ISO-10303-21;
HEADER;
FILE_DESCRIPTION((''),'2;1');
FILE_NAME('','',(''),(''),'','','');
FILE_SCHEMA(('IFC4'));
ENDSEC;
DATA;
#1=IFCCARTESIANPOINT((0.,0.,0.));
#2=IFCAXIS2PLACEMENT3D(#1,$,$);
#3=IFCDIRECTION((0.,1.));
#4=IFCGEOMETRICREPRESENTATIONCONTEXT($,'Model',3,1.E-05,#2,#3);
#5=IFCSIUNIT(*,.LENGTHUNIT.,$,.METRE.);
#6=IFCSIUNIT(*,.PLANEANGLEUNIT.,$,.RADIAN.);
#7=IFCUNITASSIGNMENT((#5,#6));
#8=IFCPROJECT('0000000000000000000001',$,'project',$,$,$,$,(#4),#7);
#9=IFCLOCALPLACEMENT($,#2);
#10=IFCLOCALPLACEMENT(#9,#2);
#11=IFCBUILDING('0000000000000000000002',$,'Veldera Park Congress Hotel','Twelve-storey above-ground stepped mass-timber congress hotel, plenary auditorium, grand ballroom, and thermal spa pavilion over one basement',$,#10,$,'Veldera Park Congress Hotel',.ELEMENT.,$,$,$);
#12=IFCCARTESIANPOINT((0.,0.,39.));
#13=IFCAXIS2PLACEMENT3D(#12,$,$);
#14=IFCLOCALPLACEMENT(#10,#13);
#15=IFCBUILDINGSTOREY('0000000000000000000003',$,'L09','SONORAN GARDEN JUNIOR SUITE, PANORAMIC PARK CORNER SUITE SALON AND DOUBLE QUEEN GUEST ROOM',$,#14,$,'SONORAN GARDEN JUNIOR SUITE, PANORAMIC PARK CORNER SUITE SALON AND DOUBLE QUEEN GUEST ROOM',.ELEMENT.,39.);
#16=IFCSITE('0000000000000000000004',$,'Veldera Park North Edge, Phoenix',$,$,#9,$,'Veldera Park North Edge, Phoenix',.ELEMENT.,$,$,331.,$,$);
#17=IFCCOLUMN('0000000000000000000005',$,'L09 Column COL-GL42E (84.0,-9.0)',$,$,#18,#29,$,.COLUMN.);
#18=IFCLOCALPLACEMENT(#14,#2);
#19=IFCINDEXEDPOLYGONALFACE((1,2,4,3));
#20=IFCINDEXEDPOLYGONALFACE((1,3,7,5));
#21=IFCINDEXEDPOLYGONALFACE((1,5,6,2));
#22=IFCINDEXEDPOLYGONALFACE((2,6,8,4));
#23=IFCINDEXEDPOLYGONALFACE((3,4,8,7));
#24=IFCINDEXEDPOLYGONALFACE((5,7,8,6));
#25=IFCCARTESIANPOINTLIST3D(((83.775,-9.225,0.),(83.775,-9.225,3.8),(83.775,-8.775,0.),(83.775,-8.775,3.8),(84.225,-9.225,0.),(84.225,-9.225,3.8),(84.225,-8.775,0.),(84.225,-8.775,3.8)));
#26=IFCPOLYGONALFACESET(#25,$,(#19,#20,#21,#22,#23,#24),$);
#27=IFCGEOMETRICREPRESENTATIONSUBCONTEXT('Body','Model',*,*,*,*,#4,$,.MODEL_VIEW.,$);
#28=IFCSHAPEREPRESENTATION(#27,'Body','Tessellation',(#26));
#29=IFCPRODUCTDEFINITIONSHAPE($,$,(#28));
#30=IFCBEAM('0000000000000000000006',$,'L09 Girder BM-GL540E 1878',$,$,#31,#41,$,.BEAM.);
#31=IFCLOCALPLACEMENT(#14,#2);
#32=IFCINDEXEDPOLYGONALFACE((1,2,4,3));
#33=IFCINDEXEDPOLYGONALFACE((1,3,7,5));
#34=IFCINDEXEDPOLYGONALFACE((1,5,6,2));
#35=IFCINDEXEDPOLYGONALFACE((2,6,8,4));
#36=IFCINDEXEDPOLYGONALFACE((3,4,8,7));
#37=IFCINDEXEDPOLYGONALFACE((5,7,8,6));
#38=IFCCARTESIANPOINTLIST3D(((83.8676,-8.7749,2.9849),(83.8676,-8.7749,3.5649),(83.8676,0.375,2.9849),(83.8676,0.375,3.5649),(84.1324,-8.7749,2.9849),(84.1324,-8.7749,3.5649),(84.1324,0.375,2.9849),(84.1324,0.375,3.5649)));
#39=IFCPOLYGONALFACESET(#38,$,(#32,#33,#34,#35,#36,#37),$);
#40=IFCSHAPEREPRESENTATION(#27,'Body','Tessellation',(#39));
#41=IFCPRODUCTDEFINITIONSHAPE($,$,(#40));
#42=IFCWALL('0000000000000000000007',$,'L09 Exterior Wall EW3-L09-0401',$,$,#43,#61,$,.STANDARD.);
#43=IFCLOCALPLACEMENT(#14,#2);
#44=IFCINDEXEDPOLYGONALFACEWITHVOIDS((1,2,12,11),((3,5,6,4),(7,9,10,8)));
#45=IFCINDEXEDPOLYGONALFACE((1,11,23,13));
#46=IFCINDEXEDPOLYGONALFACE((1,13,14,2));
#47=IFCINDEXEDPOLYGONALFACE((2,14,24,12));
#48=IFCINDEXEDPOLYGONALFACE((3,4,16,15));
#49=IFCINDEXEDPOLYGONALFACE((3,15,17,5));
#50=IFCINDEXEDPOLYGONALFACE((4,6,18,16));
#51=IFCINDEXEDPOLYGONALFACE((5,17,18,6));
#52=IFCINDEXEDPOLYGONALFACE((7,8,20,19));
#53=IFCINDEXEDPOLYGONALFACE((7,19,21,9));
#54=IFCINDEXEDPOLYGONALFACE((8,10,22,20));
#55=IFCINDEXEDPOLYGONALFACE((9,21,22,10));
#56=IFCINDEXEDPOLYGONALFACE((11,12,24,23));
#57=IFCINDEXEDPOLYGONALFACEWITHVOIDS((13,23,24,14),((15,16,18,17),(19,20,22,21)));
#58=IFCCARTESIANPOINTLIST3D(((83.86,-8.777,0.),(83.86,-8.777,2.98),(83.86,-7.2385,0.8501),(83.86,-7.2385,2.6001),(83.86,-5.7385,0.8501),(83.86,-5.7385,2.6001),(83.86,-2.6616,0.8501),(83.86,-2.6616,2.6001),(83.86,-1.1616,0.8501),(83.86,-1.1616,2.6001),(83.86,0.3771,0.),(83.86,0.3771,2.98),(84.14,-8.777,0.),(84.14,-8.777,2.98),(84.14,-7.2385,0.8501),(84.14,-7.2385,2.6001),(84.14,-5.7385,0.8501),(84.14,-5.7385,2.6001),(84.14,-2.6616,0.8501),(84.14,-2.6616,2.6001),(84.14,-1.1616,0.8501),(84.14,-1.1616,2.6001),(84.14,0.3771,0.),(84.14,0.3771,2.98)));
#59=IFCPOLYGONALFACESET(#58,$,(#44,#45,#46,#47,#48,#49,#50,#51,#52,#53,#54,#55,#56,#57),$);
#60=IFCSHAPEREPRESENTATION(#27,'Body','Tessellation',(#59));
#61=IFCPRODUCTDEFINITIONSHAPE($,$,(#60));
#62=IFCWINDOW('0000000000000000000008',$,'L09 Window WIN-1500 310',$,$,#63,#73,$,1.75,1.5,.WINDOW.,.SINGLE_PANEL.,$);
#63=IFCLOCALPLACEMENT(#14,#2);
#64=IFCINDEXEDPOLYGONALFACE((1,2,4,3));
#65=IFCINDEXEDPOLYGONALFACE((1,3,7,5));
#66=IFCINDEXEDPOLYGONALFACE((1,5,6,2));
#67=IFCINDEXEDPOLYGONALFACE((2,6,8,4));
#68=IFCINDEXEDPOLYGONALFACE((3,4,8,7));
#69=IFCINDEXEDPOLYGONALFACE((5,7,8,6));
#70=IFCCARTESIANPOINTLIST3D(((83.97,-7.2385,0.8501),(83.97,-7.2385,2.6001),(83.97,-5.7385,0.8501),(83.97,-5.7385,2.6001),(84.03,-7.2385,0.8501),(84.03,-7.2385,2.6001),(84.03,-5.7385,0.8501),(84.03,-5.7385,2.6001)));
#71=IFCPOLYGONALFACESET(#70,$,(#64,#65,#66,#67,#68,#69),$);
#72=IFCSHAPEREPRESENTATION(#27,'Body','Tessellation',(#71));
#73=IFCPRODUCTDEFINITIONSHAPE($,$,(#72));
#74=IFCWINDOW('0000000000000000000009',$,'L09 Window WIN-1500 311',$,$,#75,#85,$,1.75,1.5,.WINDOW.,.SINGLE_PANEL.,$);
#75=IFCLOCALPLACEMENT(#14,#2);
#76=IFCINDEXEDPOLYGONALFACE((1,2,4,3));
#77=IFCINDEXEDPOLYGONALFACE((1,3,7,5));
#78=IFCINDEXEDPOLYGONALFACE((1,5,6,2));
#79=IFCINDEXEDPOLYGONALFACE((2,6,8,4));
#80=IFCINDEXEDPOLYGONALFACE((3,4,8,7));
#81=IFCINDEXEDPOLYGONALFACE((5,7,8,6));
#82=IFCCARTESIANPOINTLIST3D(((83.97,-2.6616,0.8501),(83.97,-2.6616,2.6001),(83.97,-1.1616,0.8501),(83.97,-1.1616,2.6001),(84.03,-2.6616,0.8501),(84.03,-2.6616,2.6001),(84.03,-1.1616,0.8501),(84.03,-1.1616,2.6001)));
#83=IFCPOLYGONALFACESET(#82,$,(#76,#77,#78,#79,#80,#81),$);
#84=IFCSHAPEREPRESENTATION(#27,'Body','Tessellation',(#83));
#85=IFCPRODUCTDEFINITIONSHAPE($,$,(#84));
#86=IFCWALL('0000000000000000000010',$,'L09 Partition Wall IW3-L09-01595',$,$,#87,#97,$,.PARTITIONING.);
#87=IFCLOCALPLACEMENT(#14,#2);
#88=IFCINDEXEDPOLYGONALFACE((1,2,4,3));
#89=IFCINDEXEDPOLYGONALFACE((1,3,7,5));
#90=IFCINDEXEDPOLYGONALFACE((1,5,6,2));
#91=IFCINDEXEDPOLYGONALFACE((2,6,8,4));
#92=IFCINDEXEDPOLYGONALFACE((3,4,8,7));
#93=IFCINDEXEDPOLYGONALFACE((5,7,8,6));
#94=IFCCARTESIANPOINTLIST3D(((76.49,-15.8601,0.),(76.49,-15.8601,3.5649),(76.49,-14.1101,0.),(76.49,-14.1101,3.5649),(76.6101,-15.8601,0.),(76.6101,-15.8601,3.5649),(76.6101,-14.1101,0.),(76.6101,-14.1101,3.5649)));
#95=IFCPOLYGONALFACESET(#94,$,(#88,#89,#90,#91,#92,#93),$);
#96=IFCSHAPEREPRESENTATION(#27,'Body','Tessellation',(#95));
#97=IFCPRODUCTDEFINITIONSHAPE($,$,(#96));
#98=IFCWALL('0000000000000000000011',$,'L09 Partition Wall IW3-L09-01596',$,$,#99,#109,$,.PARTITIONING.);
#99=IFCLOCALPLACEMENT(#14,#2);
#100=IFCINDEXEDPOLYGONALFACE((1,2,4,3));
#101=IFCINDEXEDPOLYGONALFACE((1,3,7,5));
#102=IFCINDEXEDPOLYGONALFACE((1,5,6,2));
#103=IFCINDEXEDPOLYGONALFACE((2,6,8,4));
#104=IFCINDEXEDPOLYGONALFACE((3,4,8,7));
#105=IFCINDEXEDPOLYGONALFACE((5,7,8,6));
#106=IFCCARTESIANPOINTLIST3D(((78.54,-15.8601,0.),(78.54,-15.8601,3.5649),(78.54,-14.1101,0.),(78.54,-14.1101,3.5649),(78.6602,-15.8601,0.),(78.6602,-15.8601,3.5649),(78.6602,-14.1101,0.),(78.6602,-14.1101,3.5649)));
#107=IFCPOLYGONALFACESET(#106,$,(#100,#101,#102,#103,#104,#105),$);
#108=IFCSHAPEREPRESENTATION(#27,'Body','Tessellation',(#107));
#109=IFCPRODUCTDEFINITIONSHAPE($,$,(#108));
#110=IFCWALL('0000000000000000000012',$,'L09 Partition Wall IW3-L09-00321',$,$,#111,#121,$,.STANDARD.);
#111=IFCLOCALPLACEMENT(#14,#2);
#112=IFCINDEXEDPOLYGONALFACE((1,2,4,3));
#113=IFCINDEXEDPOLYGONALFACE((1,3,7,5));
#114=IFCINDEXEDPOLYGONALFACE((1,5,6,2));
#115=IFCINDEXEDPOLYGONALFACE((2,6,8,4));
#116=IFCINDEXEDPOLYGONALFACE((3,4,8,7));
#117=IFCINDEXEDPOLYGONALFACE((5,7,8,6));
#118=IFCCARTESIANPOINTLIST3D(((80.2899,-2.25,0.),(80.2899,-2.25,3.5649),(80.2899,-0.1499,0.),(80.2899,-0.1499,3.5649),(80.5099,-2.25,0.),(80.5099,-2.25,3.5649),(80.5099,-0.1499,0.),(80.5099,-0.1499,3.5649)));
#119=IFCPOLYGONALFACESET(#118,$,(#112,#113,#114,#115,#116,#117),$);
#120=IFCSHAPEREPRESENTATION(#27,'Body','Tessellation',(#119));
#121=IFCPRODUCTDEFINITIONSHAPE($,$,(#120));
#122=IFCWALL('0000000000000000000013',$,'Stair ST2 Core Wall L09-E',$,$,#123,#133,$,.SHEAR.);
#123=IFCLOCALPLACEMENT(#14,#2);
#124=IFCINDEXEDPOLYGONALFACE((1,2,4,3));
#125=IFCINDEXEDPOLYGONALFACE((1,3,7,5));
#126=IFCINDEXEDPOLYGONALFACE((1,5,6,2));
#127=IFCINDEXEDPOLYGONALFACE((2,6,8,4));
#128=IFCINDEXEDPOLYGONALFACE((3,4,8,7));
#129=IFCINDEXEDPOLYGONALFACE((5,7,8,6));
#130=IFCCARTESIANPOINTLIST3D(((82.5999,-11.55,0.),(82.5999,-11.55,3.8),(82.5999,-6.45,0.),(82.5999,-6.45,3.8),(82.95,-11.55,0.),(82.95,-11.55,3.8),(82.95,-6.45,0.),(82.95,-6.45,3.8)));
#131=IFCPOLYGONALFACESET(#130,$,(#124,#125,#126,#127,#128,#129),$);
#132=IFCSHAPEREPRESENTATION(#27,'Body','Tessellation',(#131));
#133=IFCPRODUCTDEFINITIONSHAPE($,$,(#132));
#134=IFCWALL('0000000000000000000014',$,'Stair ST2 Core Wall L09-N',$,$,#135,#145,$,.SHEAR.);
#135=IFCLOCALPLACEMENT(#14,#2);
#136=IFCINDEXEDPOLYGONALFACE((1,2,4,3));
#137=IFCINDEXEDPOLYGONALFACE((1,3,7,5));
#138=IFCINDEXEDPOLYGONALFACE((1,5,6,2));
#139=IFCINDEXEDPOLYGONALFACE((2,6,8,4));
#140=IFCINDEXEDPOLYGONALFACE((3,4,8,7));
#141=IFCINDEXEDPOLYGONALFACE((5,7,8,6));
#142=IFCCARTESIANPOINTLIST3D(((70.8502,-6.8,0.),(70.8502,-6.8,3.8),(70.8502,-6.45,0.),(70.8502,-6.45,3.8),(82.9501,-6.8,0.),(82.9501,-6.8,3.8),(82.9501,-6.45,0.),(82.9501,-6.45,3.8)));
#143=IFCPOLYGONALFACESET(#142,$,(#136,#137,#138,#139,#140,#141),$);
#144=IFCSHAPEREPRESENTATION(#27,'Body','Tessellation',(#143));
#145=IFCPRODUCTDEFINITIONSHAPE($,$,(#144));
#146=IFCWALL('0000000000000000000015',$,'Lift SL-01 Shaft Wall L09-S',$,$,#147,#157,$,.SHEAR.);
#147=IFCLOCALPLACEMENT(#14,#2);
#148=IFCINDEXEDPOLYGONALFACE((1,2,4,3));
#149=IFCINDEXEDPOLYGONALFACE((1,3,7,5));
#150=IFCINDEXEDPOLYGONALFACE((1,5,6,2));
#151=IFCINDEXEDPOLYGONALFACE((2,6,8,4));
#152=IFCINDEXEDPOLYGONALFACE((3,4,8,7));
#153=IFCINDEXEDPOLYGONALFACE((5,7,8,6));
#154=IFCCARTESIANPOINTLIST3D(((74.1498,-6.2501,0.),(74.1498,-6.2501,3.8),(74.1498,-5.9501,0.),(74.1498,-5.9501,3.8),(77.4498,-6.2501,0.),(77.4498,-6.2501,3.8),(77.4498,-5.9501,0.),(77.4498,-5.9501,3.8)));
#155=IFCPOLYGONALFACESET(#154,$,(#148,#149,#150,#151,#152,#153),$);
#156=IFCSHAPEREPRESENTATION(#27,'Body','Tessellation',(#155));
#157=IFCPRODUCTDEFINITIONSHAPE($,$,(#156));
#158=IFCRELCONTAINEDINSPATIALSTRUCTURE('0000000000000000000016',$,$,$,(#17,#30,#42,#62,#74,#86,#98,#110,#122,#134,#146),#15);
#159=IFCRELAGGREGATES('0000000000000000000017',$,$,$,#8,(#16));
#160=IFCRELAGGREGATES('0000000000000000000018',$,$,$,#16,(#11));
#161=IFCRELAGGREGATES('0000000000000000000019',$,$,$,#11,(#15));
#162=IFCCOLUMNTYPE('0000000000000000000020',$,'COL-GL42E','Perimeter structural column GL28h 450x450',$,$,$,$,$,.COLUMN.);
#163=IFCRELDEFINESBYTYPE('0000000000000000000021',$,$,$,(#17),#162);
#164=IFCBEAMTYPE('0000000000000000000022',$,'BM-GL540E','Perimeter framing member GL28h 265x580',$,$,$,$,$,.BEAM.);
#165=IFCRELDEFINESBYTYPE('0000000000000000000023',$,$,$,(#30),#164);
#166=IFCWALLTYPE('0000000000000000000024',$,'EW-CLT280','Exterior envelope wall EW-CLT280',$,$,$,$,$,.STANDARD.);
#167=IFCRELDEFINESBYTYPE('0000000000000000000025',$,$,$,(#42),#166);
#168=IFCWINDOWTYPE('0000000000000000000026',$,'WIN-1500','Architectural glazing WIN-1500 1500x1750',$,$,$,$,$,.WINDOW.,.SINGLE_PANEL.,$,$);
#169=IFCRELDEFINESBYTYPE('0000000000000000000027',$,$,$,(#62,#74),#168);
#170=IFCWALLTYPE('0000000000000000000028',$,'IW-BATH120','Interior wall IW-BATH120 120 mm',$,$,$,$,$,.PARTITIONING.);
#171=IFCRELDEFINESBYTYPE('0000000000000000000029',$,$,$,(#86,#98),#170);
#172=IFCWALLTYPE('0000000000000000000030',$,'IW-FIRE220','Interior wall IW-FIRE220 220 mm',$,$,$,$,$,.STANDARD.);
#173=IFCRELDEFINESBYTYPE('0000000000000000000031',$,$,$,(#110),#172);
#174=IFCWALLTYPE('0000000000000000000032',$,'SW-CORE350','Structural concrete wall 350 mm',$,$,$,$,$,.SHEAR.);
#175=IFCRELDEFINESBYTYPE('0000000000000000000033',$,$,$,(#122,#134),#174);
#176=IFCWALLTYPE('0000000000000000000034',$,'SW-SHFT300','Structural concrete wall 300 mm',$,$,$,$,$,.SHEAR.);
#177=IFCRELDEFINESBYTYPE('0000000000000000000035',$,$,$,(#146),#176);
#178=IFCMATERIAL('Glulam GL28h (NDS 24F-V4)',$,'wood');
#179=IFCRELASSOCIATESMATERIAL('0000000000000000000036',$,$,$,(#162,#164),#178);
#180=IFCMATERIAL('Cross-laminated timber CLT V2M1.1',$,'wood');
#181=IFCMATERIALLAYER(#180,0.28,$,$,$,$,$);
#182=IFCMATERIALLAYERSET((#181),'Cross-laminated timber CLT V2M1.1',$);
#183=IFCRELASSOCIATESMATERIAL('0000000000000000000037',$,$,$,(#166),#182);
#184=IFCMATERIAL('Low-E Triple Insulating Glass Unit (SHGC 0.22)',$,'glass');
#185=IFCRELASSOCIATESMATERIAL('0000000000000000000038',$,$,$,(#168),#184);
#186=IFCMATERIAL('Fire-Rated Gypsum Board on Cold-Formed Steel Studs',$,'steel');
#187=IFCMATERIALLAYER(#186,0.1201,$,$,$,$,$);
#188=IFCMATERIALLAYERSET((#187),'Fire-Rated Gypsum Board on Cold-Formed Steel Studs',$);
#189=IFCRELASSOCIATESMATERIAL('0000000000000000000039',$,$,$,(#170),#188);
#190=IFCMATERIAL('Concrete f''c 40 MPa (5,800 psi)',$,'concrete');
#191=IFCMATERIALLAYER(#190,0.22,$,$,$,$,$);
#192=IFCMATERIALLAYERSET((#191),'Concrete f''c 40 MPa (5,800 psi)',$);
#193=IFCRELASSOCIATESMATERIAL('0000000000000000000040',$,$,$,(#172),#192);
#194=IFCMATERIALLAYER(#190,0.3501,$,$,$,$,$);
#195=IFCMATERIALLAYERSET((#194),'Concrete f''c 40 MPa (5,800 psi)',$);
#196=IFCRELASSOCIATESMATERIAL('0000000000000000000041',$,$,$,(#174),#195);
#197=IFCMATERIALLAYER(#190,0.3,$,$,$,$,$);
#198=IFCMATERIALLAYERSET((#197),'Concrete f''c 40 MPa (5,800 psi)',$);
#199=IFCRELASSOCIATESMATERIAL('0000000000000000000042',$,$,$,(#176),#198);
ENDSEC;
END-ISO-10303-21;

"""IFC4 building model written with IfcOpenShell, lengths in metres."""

from ifc_helpers import new_model, si_unit, direction, frame, frame_2d, origin, origin_2d, place, context, subcontext, project, spatial, rectangle, extrude, material, layer, layer_set, material_profile, profile_set, type_object, element, fill, save


model = new_model("IFC4")

# Units and contexts
model_context = context("Model", 3, precision=1e-05, world=origin(), true_north=direction((0.0, 1.0)))
body_context = subcontext(model_context, "Body", "Model", "MODEL_VIEW")
ifc_project = project(units=[si_unit("LENGTHUNIT", "METRE"), si_unit("PLANEANGLEUNIT", "RADIAN")], contexts=[model_context])

# Site, building, storey
site_placement = place(None, origin())
site = spatial("IfcSite", under=ifc_project, at=site_placement, Name="Veldera Park North Edge, Phoenix", LongName="Veldera Park North Edge, Phoenix", CompositionType="ELEMENT", RefElevation=331.0)
building_placement = place(site_placement, origin())
building = spatial("IfcBuilding", under=site, at=building_placement, Name="Veldera Park Congress Hotel", Description="Twelve-storey above-ground stepped mass-timber congress hotel, plenary auditorium, grand ballroom, and thermal spa pavilion over one basement", LongName="Veldera Park Congress Hotel", CompositionType="ELEMENT")
storey_placement = place(building_placement, frame((0.0, 0.0, 39.0)))
storey = spatial("IfcBuildingStorey", under=building, at=storey_placement, Name="L09", Description="SONORAN GARDEN JUNIOR SUITE, PANORAMIC PARK CORNER SUITE SALON AND DOUBLE QUEEN GUEST ROOM", LongName="SONORAN GARDEN JUNIOR SUITE, PANORAMIC PARK CORNER SUITE SALON AND DOUBLE QUEEN GUEST ROOM", CompositionType="ELEMENT", Elevation=39.0)

# Column
ifc_material_1 = material(Name="Glulam GL28h (NDS 24F-V4)", Category="wood")
ifc_material_profile_1 = material_profile(ifc_material_1, rectangle(XDim=0.45, YDim=0.45, at=origin_2d()), Name="GL28h 450x450")
ifc_profile_set_1 = profile_set([ifc_material_profile_1], Name="Glulam GL28h (NDS 24F-V4)")
column_type = type_object("IfcColumnType", Name="COL-GL42E", Description="Perimeter structural column GL28h 450x450", PredefinedType="COLUMN", material=ifc_profile_set_1)
column_placement = place(storey_placement, frame((84.0, -9.0, 0.0), z_axis=(0.0, 0.0, 1.0), x_axis=(1.0, 0.0, 0.0)))
element("IfcColumn", 1, at=column_placement, inside=storey, type_object=column_type, Name="L09 Column COL-GL42E (84.0,-9.0)", PredefinedType="COLUMN", context=body_context, shape_type="SweptSolid", body=[
    extrude(rectangle(XDim=0.45, YDim=0.45, at=origin_2d()), origin(), (0.0, 0.0, 1.0), 3.8),
])

# Beam
ifc_material_profile_2 = material_profile(ifc_material_1, rectangle(XDim=0.2649, YDim=0.5801, at=origin_2d()), Name="GL28h 265x580")
ifc_profile_set_2 = profile_set([ifc_material_profile_2], Name="Glulam GL28h (NDS 24F-V4)")
beam_type = type_object("IfcBeamType", Name="BM-GL540E", Description="Perimeter framing member GL28h 265x580", PredefinedType="BEAM", material=ifc_profile_set_2)
beam_placement = place(storey_placement, frame((84.0, -8.7749, 3.2749), z_axis=(0.0, 1.0, 0.0), x_axis=(-1.0, 0.0, 0.0)))
element("IfcBeam", 2, at=beam_placement, inside=storey, type_object=beam_type, Name="L09 Girder BM-GL540E 1878", PredefinedType="BEAM", context=body_context, shape_type="SweptSolid", body=[
    extrude(rectangle(XDim=0.2649, YDim=0.5801, at=origin_2d()), origin(), (0.0, 0.0, 1.0), 9.1499),
])

# Wall, openings, windows
ifc_material_2 = material(Name="Cross-laminated timber CLT V2M1.1", Category="wood")
ifc_layer_1 = layer(ifc_material_2, 0.28)
ifc_layer_set_1 = layer_set([ifc_layer_1], Name="Cross-laminated timber CLT V2M1.1")
wall_type_1 = type_object("IfcWallType", Name="EW-CLT280", Description="Exterior envelope wall EW-CLT280", PredefinedType="STANDARD", material=ifc_layer_set_1)
wall_1_placement = place(storey_placement, frame((84.0, -8.7771, 0.0), z_axis=(0.0, 0.0, 1.0), x_axis=(0.0, 1.0, 0.0)))
wall_1 = element("IfcWall", 3, at=wall_1_placement, inside=storey, type_object=wall_type_1, Name="L09 Exterior Wall EW3-L09-0401", PredefinedType="STANDARD", context=body_context, shape_type="SweptSolid", body=[
    extrude(rectangle(XDim=9.1541, YDim=0.28, at=frame_2d((4.5771, 0.0))), origin(), (0.0, 0.0, 1.0), 2.98),
])
opening_1_placement = place(wall_1_placement, frame((1.5386, 0.0, 0.8501)))
opening_1 = element("IfcOpeningElement", 4, at=opening_1_placement, cuts=wall_1, PredefinedType="OPENING", context=body_context, shape_type="SweptSolid", body=[
    extrude(rectangle(XDim=1.5, YDim=1.75, at=frame_2d((0.75, 0.875))), frame((0.0, 0.1521, 0.0), z_axis=(0.0, -1.0, 0.0), x_axis=(1.0, 0.0, 0.0)), (0.0, 0.0, 1.0), 0.304),
])
opening_2_placement = place(wall_1_placement, frame((6.1155, 0.0, 0.8501)))
opening_2 = element("IfcOpeningElement", 5, at=opening_2_placement, cuts=wall_1, PredefinedType="OPENING", context=body_context, shape_type="SweptSolid", body=[
    extrude(rectangle(XDim=1.5, YDim=1.75, at=frame_2d((0.75, 0.875))), frame((0.0, 0.1521, 0.0), z_axis=(0.0, -1.0, 0.0), x_axis=(1.0, 0.0, 0.0)), (0.0, 0.0, 1.0), 0.304),
])
ifc_material_3 = material(Name="Low-E Triple Insulating Glass Unit (SHGC 0.22)", Category="glass")
window_type = type_object("IfcWindowType", Name="WIN-1500", Description="Architectural glazing WIN-1500 1500x1750", PartitioningType="SINGLE_PANEL", PredefinedType="WINDOW", material=ifc_material_3)
window_1_placement = place(opening_1_placement, origin())
window_1 = element("IfcWindow", 6, at=window_1_placement, inside=storey, type_object=window_type, Name="L09 Window WIN-1500 310", OverallHeight=1.75, OverallWidth=1.5, PartitioningType="SINGLE_PANEL", PredefinedType="WINDOW", context=body_context, shape_type="SweptSolid", body=[
    extrude(rectangle(XDim=1.5, YDim=1.75, at=frame_2d((0.75, 0.875))), frame((0.0, 0.03, 0.0), z_axis=(0.0, -1.0, 0.0), x_axis=(1.0, 0.0, 0.0)), (0.0, 0.0, 1.0), 0.0601),
])
fill(opening_1, window_1)
window_2_placement = place(opening_2_placement, origin())
window_2 = element("IfcWindow", 7, at=window_2_placement, inside=storey, type_object=window_type, Name="L09 Window WIN-1500 311", OverallHeight=1.75, OverallWidth=1.5, PartitioningType="SINGLE_PANEL", PredefinedType="WINDOW", context=body_context, shape_type="SweptSolid", body=[
    extrude(rectangle(XDim=1.5, YDim=1.75, at=frame_2d((0.75, 0.875))), frame((0.0, 0.03, 0.0), z_axis=(0.0, -1.0, 0.0), x_axis=(1.0, 0.0, 0.0)), (0.0, 0.0, 1.0), 0.0601),
])
fill(opening_2, window_2)

# Walls
ifc_material_4 = material(Name="Fire-Rated Gypsum Board on Cold-Formed Steel Studs", Category="steel")
ifc_layer_2 = layer(ifc_material_4, 0.1201)
ifc_layer_set_2 = layer_set([ifc_layer_2], Name="Fire-Rated Gypsum Board on Cold-Formed Steel Studs")
wall_type_2 = type_object("IfcWallType", Name="IW-BATH120", Description="Interior wall IW-BATH120 120 mm", PredefinedType="PARTITIONING", material=ifc_layer_set_2)
for number, where, z_axis, x_axis, name in (
    (8, (76.55, -15.8601, 0.0), (0.0, 0.0, 1.0), (0.0, 1.0, 0.0), "L09 Partition Wall IW3-L09-01595"),
    (9, (78.6001, -15.8601, 0.0), (0.0, 0.0, 1.0), (0.0, 1.0, 0.0), "L09 Partition Wall IW3-L09-01596"),
):
    element("IfcWall", number, at=place(storey_placement, frame(where, z_axis=z_axis, x_axis=x_axis)), inside=storey, type_object=wall_type_2, Name=name, PredefinedType="PARTITIONING", context=body_context, shape_type="SweptSolid", body=[
        extrude(rectangle(XDim=1.75, YDim=0.1201, at=frame_2d((0.875, 0.0))), origin(), (0.0, 0.0, 1.0), 3.5649),
    ])

# Walls
ifc_material_5 = material(Name="Concrete f'c 40 MPa (5,800 psi)", Category="concrete")
ifc_layer_3 = layer(ifc_material_5, 0.22)
ifc_layer_set_3 = layer_set([ifc_layer_3], Name="Concrete f'c 40 MPa (5,800 psi)")
wall_type_3 = type_object("IfcWallType", Name="IW-FIRE220", Description="Interior wall IW-FIRE220 220 mm", PredefinedType="STANDARD", material=ifc_layer_set_3)
wall_2_placement = place(storey_placement, frame((80.3999, -2.25, 0.0), z_axis=(0.0, 0.0, 1.0), x_axis=(0.0, 1.0, 0.0)))
element("IfcWall", 10, at=wall_2_placement, inside=storey, type_object=wall_type_3, Name="L09 Partition Wall IW3-L09-00321", PredefinedType="STANDARD", context=body_context, shape_type="SweptSolid", body=[
    extrude(rectangle(XDim=2.1001, YDim=0.22, at=frame_2d((1.05, 0.0))), origin(), (0.0, 0.0, 1.0), 3.5649),
])
ifc_layer_4 = layer(ifc_material_5, 0.3501)
ifc_layer_set_4 = layer_set([ifc_layer_4], Name="Concrete f'c 40 MPa (5,800 psi)")
wall_type_4 = type_object("IfcWallType", Name="SW-CORE350", Description="Structural concrete wall 350 mm", PredefinedType="SHEAR", material=ifc_layer_set_4)
wall_3_placement = place(storey_placement, frame((82.7749, -11.55, 0.0), z_axis=(0.0, 0.0, 1.0), x_axis=(0.0, 1.0, 0.0)))
element("IfcWall", 11, at=wall_3_placement, inside=storey, type_object=wall_type_4, Name="Stair ST2 Core Wall L09-E", PredefinedType="SHEAR", context=body_context, shape_type="SweptSolid", body=[
    extrude(rectangle(XDim=5.1001, YDim=0.3501, at=frame_2d((2.55, 0.0))), origin(), (0.0, 0.0, 1.0), 3.8),
])
wall_4_placement = place(storey_placement, frame((82.95, -6.625, 0.0), z_axis=(0.0, 0.0, 1.0), x_axis=(-1.0, 0.0, 0.0)))
element("IfcWall", 12, at=wall_4_placement, inside=storey, type_object=wall_type_4, Name="Stair ST2 Core Wall L09-N", PredefinedType="SHEAR", context=body_context, shape_type="SweptSolid", body=[
    extrude(rectangle(XDim=12.0999, YDim=0.3501, at=frame_2d((6.0498, 0.0))), origin(), (0.0, 0.0, 1.0), 3.8),
])
ifc_layer_5 = layer(ifc_material_5, 0.3)
ifc_layer_set_5 = layer_set([ifc_layer_5], Name="Concrete f'c 40 MPa (5,800 psi)")
wall_type_5 = type_object("IfcWallType", Name="SW-SHFT300", Description="Structural concrete wall 300 mm", PredefinedType="SHEAR", material=ifc_layer_set_5)
wall_5_placement = place(storey_placement, frame((74.1499, -6.1001, 0.0), z_axis=(0.0, 0.0, 1.0), x_axis=(1.0, 0.0, 0.0)))
element("IfcWall", 13, at=wall_5_placement, inside=storey, type_object=wall_type_5, Name="Lift SL-01 Shaft Wall L09-S", PredefinedType="SHEAR", context=body_context, shape_type="SweptSolid", body=[
    extrude(rectangle(XDim=3.3, YDim=0.3, at=frame_2d((1.6499, 0.0))), origin(), (0.0, 0.0, 1.0), 3.8),
])

save(model, "model.ifc")
